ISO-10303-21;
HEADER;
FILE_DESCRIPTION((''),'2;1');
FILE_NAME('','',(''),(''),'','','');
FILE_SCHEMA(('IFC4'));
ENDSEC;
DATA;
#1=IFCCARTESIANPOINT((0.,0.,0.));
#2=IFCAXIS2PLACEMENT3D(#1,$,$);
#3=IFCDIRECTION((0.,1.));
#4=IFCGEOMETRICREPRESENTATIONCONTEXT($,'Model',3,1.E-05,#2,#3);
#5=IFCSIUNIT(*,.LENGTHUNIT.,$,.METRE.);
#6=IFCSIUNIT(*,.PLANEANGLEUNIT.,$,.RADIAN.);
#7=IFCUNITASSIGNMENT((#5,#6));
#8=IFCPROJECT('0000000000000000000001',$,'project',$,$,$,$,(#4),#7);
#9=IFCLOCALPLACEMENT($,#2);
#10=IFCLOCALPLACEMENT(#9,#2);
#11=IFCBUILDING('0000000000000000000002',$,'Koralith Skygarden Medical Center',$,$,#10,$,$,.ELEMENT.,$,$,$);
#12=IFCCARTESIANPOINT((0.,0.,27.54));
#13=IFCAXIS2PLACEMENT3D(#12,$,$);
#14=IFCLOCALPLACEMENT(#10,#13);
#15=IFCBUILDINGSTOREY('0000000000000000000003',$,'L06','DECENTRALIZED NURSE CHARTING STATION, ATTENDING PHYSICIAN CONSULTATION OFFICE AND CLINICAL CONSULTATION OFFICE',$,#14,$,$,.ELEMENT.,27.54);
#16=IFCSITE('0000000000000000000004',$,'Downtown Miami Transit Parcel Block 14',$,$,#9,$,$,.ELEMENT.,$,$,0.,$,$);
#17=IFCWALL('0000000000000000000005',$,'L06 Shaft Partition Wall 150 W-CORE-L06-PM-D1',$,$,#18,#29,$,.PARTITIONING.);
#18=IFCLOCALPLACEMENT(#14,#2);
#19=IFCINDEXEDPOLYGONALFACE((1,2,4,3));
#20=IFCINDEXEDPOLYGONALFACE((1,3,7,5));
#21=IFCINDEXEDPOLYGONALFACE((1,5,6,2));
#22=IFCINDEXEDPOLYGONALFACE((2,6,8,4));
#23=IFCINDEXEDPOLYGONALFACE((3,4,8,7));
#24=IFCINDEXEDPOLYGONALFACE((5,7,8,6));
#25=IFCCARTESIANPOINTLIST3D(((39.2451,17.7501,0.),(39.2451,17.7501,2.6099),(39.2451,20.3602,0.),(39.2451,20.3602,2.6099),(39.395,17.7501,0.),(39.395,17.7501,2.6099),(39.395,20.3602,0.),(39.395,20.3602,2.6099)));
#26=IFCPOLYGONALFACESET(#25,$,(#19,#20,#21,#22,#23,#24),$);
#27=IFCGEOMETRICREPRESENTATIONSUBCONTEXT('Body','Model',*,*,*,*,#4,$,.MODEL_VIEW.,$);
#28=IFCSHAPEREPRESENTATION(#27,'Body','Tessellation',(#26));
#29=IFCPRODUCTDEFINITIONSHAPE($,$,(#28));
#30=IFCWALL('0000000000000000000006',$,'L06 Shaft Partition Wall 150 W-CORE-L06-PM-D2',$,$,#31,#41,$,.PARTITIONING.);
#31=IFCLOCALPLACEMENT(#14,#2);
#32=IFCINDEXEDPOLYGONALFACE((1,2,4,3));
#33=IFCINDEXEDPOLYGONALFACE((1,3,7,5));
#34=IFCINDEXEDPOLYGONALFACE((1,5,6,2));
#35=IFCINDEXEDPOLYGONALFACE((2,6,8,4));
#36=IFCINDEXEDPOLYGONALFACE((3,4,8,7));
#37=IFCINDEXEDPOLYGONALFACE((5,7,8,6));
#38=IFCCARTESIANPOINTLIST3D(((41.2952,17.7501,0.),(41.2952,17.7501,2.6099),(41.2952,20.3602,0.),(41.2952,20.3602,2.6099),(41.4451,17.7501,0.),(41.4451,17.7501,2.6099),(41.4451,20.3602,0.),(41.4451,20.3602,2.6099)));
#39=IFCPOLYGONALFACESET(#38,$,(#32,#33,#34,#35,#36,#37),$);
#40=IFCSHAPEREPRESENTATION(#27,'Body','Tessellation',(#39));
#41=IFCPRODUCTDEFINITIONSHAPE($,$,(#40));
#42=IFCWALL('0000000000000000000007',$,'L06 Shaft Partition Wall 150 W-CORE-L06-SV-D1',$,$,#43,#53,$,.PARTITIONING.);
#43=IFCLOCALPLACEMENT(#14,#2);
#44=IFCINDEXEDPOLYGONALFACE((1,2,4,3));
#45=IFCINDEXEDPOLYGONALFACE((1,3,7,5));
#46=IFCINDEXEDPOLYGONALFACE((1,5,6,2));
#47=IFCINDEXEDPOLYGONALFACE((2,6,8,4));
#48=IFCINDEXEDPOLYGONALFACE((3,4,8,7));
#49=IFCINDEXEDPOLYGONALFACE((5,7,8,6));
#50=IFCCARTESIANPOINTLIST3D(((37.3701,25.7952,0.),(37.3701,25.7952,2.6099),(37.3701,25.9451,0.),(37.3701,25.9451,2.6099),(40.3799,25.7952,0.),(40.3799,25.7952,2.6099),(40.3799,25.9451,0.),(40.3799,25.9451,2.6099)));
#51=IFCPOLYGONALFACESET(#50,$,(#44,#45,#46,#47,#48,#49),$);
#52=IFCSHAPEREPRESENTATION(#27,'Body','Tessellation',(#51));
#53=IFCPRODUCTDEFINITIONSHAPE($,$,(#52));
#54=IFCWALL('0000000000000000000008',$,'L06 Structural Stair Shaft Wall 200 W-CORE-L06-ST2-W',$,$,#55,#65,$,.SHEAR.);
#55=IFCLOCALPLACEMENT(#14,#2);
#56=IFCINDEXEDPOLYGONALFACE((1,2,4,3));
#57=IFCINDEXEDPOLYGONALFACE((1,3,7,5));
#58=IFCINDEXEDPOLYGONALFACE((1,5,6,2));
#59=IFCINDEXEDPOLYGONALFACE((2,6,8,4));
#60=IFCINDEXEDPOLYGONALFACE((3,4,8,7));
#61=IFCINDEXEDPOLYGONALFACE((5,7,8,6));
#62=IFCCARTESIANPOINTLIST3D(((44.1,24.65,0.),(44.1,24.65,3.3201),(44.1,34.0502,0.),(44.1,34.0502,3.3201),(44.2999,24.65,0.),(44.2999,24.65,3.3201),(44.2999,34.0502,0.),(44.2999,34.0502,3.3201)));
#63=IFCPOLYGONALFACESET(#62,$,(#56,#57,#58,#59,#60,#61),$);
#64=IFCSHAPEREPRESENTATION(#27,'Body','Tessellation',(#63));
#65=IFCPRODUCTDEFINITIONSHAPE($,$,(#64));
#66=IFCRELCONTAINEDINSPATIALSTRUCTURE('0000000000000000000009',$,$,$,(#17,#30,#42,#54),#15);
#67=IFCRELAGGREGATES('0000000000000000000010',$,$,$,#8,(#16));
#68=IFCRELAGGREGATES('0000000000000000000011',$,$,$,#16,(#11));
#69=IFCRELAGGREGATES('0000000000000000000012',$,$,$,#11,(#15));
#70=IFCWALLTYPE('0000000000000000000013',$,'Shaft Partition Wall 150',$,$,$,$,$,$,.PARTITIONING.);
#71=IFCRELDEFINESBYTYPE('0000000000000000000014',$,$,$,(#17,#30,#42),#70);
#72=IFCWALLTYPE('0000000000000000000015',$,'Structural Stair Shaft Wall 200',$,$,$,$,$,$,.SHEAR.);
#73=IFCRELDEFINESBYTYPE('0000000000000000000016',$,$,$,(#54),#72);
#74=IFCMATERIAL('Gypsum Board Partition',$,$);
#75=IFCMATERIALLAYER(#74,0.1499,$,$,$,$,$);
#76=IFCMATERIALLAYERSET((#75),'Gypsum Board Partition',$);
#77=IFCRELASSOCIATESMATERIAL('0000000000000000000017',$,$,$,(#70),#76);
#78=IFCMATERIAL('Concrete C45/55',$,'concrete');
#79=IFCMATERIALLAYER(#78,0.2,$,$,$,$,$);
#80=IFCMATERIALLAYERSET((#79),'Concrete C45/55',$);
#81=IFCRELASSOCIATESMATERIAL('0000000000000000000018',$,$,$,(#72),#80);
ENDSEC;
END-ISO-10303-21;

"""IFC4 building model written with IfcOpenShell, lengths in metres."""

from ifc_helpers import new_model, si_unit, direction, frame, frame_2d, origin, place, context, subcontext, project, spatial, rectangle, extrude, material, layer, layer_set, type_object, element, save


model = new_model("IFC4")

# Units and contexts
model_context = context("Model", 3, precision=1e-05, world=origin(), true_north=direction((0.0, 1.0)))
body_context = subcontext(model_context, "Body", "Model", "MODEL_VIEW")
ifc_project = project(units=[si_unit("LENGTHUNIT", "METRE"), si_unit("PLANEANGLEUNIT", "RADIAN")], contexts=[model_context])

# Site, building, storey
site_placement = place(None, origin())
site = spatial("IfcSite", under=ifc_project, at=site_placement, Name="Downtown Miami Transit Parcel Block 14", CompositionType="ELEMENT", RefElevation=0.0)
building_placement = place(site_placement, origin())
building = spatial("IfcBuilding", under=site, at=building_placement, Name="Koralith Skygarden Medical Center", CompositionType="ELEMENT")
storey_placement = place(building_placement, frame((0.0, 0.0, 27.54)))
storey = spatial("IfcBuildingStorey", under=building, at=storey_placement, Name="L06", Description="DECENTRALIZED NURSE CHARTING STATION, ATTENDING PHYSICIAN CONSULTATION OFFICE AND CLINICAL CONSULTATION OFFICE", CompositionType="ELEMENT", Elevation=27.54)

# Shared definitions
ifc_material_1 = material(Name="Concrete C45/55", Category="concrete")

# Shared definitions
ifc_material_2 = material(Name="Gypsum Board Partition")

# Walls
ifc_layer_1 = layer(ifc_material_2, 0.1499)
ifc_layer_set_1 = layer_set([ifc_layer_1], Name="Gypsum Board Partition")
wall_type_1 = type_object("IfcWallType", Name="Shaft Partition Wall 150", PredefinedType="PARTITIONING", material=ifc_layer_set_1)
for number, where, z_axis, x_axis, name in (
    (1, (39.3201, 17.75, 0.0), (0.0, 0.0, 1.0), (0.0, 1.0, 0.0), "L06 Shaft Partition Wall 150 W-CORE-L06-PM-D1"),
    (2, (41.3701, 17.75, 0.0), (0.0, 0.0, 1.0), (0.0, 1.0, 0.0), "L06 Shaft Partition Wall 150 W-CORE-L06-PM-D2"),
):
    element("IfcWall", number, at=place(storey_placement, frame(where, z_axis=z_axis, x_axis=x_axis)), inside=storey, type_object=wall_type_1, Name=name, PredefinedType="PARTITIONING", context=body_context, shape_type="SweptSolid", body=[
        extrude(rectangle(XDim=2.6101, YDim=0.1499, at=frame_2d((1.3052, 0.0))), origin(), (0.0, 0.0, 1.0), 2.6099),
    ])
wall_1_placement = place(storey_placement, frame((37.3701, 25.8701, 0.0), z_axis=(0.0, 0.0, 1.0), x_axis=(1.0, 0.0, 0.0)))
element("IfcWall", 3, at=wall_1_placement, inside=storey, type_object=wall_type_1, Name="L06 Shaft Partition Wall 150 W-CORE-L06-SV-D1", PredefinedType="PARTITIONING", context=body_context, shape_type="SweptSolid", body=[
    extrude(rectangle(XDim=3.0098, YDim=0.1499, at=frame_2d((1.5049, 0.0))), origin(), (0.0, 0.0, 1.0), 2.6099),
])
ifc_layer_2 = layer(ifc_material_1, 0.2)
ifc_layer_set_2 = layer_set([ifc_layer_2], Name="Concrete C45/55")
wall_type_2 = type_object("IfcWallType", Name="Structural Stair Shaft Wall 200", PredefinedType="SHEAR", material=ifc_layer_set_2)
wall_2_placement = place(storey_placement, frame((44.2, 24.6499, 0.0), z_axis=(0.0, 0.0, 1.0), x_axis=(0.0, 1.0, 0.0)))
element("IfcWall", 4, at=wall_2_placement, inside=storey, type_object=wall_type_2, Name="L06 Structural Stair Shaft Wall 200 W-CORE-L06-ST2-W", PredefinedType="SHEAR", context=body_context, shape_type="SweptSolid", body=[
    extrude(rectangle(XDim=9.4001, YDim=0.2, at=frame_2d((4.7002, 0.0))), origin(), (0.0, 0.0, 1.0), 3.3201),
])

save(model, "model.ifc")
